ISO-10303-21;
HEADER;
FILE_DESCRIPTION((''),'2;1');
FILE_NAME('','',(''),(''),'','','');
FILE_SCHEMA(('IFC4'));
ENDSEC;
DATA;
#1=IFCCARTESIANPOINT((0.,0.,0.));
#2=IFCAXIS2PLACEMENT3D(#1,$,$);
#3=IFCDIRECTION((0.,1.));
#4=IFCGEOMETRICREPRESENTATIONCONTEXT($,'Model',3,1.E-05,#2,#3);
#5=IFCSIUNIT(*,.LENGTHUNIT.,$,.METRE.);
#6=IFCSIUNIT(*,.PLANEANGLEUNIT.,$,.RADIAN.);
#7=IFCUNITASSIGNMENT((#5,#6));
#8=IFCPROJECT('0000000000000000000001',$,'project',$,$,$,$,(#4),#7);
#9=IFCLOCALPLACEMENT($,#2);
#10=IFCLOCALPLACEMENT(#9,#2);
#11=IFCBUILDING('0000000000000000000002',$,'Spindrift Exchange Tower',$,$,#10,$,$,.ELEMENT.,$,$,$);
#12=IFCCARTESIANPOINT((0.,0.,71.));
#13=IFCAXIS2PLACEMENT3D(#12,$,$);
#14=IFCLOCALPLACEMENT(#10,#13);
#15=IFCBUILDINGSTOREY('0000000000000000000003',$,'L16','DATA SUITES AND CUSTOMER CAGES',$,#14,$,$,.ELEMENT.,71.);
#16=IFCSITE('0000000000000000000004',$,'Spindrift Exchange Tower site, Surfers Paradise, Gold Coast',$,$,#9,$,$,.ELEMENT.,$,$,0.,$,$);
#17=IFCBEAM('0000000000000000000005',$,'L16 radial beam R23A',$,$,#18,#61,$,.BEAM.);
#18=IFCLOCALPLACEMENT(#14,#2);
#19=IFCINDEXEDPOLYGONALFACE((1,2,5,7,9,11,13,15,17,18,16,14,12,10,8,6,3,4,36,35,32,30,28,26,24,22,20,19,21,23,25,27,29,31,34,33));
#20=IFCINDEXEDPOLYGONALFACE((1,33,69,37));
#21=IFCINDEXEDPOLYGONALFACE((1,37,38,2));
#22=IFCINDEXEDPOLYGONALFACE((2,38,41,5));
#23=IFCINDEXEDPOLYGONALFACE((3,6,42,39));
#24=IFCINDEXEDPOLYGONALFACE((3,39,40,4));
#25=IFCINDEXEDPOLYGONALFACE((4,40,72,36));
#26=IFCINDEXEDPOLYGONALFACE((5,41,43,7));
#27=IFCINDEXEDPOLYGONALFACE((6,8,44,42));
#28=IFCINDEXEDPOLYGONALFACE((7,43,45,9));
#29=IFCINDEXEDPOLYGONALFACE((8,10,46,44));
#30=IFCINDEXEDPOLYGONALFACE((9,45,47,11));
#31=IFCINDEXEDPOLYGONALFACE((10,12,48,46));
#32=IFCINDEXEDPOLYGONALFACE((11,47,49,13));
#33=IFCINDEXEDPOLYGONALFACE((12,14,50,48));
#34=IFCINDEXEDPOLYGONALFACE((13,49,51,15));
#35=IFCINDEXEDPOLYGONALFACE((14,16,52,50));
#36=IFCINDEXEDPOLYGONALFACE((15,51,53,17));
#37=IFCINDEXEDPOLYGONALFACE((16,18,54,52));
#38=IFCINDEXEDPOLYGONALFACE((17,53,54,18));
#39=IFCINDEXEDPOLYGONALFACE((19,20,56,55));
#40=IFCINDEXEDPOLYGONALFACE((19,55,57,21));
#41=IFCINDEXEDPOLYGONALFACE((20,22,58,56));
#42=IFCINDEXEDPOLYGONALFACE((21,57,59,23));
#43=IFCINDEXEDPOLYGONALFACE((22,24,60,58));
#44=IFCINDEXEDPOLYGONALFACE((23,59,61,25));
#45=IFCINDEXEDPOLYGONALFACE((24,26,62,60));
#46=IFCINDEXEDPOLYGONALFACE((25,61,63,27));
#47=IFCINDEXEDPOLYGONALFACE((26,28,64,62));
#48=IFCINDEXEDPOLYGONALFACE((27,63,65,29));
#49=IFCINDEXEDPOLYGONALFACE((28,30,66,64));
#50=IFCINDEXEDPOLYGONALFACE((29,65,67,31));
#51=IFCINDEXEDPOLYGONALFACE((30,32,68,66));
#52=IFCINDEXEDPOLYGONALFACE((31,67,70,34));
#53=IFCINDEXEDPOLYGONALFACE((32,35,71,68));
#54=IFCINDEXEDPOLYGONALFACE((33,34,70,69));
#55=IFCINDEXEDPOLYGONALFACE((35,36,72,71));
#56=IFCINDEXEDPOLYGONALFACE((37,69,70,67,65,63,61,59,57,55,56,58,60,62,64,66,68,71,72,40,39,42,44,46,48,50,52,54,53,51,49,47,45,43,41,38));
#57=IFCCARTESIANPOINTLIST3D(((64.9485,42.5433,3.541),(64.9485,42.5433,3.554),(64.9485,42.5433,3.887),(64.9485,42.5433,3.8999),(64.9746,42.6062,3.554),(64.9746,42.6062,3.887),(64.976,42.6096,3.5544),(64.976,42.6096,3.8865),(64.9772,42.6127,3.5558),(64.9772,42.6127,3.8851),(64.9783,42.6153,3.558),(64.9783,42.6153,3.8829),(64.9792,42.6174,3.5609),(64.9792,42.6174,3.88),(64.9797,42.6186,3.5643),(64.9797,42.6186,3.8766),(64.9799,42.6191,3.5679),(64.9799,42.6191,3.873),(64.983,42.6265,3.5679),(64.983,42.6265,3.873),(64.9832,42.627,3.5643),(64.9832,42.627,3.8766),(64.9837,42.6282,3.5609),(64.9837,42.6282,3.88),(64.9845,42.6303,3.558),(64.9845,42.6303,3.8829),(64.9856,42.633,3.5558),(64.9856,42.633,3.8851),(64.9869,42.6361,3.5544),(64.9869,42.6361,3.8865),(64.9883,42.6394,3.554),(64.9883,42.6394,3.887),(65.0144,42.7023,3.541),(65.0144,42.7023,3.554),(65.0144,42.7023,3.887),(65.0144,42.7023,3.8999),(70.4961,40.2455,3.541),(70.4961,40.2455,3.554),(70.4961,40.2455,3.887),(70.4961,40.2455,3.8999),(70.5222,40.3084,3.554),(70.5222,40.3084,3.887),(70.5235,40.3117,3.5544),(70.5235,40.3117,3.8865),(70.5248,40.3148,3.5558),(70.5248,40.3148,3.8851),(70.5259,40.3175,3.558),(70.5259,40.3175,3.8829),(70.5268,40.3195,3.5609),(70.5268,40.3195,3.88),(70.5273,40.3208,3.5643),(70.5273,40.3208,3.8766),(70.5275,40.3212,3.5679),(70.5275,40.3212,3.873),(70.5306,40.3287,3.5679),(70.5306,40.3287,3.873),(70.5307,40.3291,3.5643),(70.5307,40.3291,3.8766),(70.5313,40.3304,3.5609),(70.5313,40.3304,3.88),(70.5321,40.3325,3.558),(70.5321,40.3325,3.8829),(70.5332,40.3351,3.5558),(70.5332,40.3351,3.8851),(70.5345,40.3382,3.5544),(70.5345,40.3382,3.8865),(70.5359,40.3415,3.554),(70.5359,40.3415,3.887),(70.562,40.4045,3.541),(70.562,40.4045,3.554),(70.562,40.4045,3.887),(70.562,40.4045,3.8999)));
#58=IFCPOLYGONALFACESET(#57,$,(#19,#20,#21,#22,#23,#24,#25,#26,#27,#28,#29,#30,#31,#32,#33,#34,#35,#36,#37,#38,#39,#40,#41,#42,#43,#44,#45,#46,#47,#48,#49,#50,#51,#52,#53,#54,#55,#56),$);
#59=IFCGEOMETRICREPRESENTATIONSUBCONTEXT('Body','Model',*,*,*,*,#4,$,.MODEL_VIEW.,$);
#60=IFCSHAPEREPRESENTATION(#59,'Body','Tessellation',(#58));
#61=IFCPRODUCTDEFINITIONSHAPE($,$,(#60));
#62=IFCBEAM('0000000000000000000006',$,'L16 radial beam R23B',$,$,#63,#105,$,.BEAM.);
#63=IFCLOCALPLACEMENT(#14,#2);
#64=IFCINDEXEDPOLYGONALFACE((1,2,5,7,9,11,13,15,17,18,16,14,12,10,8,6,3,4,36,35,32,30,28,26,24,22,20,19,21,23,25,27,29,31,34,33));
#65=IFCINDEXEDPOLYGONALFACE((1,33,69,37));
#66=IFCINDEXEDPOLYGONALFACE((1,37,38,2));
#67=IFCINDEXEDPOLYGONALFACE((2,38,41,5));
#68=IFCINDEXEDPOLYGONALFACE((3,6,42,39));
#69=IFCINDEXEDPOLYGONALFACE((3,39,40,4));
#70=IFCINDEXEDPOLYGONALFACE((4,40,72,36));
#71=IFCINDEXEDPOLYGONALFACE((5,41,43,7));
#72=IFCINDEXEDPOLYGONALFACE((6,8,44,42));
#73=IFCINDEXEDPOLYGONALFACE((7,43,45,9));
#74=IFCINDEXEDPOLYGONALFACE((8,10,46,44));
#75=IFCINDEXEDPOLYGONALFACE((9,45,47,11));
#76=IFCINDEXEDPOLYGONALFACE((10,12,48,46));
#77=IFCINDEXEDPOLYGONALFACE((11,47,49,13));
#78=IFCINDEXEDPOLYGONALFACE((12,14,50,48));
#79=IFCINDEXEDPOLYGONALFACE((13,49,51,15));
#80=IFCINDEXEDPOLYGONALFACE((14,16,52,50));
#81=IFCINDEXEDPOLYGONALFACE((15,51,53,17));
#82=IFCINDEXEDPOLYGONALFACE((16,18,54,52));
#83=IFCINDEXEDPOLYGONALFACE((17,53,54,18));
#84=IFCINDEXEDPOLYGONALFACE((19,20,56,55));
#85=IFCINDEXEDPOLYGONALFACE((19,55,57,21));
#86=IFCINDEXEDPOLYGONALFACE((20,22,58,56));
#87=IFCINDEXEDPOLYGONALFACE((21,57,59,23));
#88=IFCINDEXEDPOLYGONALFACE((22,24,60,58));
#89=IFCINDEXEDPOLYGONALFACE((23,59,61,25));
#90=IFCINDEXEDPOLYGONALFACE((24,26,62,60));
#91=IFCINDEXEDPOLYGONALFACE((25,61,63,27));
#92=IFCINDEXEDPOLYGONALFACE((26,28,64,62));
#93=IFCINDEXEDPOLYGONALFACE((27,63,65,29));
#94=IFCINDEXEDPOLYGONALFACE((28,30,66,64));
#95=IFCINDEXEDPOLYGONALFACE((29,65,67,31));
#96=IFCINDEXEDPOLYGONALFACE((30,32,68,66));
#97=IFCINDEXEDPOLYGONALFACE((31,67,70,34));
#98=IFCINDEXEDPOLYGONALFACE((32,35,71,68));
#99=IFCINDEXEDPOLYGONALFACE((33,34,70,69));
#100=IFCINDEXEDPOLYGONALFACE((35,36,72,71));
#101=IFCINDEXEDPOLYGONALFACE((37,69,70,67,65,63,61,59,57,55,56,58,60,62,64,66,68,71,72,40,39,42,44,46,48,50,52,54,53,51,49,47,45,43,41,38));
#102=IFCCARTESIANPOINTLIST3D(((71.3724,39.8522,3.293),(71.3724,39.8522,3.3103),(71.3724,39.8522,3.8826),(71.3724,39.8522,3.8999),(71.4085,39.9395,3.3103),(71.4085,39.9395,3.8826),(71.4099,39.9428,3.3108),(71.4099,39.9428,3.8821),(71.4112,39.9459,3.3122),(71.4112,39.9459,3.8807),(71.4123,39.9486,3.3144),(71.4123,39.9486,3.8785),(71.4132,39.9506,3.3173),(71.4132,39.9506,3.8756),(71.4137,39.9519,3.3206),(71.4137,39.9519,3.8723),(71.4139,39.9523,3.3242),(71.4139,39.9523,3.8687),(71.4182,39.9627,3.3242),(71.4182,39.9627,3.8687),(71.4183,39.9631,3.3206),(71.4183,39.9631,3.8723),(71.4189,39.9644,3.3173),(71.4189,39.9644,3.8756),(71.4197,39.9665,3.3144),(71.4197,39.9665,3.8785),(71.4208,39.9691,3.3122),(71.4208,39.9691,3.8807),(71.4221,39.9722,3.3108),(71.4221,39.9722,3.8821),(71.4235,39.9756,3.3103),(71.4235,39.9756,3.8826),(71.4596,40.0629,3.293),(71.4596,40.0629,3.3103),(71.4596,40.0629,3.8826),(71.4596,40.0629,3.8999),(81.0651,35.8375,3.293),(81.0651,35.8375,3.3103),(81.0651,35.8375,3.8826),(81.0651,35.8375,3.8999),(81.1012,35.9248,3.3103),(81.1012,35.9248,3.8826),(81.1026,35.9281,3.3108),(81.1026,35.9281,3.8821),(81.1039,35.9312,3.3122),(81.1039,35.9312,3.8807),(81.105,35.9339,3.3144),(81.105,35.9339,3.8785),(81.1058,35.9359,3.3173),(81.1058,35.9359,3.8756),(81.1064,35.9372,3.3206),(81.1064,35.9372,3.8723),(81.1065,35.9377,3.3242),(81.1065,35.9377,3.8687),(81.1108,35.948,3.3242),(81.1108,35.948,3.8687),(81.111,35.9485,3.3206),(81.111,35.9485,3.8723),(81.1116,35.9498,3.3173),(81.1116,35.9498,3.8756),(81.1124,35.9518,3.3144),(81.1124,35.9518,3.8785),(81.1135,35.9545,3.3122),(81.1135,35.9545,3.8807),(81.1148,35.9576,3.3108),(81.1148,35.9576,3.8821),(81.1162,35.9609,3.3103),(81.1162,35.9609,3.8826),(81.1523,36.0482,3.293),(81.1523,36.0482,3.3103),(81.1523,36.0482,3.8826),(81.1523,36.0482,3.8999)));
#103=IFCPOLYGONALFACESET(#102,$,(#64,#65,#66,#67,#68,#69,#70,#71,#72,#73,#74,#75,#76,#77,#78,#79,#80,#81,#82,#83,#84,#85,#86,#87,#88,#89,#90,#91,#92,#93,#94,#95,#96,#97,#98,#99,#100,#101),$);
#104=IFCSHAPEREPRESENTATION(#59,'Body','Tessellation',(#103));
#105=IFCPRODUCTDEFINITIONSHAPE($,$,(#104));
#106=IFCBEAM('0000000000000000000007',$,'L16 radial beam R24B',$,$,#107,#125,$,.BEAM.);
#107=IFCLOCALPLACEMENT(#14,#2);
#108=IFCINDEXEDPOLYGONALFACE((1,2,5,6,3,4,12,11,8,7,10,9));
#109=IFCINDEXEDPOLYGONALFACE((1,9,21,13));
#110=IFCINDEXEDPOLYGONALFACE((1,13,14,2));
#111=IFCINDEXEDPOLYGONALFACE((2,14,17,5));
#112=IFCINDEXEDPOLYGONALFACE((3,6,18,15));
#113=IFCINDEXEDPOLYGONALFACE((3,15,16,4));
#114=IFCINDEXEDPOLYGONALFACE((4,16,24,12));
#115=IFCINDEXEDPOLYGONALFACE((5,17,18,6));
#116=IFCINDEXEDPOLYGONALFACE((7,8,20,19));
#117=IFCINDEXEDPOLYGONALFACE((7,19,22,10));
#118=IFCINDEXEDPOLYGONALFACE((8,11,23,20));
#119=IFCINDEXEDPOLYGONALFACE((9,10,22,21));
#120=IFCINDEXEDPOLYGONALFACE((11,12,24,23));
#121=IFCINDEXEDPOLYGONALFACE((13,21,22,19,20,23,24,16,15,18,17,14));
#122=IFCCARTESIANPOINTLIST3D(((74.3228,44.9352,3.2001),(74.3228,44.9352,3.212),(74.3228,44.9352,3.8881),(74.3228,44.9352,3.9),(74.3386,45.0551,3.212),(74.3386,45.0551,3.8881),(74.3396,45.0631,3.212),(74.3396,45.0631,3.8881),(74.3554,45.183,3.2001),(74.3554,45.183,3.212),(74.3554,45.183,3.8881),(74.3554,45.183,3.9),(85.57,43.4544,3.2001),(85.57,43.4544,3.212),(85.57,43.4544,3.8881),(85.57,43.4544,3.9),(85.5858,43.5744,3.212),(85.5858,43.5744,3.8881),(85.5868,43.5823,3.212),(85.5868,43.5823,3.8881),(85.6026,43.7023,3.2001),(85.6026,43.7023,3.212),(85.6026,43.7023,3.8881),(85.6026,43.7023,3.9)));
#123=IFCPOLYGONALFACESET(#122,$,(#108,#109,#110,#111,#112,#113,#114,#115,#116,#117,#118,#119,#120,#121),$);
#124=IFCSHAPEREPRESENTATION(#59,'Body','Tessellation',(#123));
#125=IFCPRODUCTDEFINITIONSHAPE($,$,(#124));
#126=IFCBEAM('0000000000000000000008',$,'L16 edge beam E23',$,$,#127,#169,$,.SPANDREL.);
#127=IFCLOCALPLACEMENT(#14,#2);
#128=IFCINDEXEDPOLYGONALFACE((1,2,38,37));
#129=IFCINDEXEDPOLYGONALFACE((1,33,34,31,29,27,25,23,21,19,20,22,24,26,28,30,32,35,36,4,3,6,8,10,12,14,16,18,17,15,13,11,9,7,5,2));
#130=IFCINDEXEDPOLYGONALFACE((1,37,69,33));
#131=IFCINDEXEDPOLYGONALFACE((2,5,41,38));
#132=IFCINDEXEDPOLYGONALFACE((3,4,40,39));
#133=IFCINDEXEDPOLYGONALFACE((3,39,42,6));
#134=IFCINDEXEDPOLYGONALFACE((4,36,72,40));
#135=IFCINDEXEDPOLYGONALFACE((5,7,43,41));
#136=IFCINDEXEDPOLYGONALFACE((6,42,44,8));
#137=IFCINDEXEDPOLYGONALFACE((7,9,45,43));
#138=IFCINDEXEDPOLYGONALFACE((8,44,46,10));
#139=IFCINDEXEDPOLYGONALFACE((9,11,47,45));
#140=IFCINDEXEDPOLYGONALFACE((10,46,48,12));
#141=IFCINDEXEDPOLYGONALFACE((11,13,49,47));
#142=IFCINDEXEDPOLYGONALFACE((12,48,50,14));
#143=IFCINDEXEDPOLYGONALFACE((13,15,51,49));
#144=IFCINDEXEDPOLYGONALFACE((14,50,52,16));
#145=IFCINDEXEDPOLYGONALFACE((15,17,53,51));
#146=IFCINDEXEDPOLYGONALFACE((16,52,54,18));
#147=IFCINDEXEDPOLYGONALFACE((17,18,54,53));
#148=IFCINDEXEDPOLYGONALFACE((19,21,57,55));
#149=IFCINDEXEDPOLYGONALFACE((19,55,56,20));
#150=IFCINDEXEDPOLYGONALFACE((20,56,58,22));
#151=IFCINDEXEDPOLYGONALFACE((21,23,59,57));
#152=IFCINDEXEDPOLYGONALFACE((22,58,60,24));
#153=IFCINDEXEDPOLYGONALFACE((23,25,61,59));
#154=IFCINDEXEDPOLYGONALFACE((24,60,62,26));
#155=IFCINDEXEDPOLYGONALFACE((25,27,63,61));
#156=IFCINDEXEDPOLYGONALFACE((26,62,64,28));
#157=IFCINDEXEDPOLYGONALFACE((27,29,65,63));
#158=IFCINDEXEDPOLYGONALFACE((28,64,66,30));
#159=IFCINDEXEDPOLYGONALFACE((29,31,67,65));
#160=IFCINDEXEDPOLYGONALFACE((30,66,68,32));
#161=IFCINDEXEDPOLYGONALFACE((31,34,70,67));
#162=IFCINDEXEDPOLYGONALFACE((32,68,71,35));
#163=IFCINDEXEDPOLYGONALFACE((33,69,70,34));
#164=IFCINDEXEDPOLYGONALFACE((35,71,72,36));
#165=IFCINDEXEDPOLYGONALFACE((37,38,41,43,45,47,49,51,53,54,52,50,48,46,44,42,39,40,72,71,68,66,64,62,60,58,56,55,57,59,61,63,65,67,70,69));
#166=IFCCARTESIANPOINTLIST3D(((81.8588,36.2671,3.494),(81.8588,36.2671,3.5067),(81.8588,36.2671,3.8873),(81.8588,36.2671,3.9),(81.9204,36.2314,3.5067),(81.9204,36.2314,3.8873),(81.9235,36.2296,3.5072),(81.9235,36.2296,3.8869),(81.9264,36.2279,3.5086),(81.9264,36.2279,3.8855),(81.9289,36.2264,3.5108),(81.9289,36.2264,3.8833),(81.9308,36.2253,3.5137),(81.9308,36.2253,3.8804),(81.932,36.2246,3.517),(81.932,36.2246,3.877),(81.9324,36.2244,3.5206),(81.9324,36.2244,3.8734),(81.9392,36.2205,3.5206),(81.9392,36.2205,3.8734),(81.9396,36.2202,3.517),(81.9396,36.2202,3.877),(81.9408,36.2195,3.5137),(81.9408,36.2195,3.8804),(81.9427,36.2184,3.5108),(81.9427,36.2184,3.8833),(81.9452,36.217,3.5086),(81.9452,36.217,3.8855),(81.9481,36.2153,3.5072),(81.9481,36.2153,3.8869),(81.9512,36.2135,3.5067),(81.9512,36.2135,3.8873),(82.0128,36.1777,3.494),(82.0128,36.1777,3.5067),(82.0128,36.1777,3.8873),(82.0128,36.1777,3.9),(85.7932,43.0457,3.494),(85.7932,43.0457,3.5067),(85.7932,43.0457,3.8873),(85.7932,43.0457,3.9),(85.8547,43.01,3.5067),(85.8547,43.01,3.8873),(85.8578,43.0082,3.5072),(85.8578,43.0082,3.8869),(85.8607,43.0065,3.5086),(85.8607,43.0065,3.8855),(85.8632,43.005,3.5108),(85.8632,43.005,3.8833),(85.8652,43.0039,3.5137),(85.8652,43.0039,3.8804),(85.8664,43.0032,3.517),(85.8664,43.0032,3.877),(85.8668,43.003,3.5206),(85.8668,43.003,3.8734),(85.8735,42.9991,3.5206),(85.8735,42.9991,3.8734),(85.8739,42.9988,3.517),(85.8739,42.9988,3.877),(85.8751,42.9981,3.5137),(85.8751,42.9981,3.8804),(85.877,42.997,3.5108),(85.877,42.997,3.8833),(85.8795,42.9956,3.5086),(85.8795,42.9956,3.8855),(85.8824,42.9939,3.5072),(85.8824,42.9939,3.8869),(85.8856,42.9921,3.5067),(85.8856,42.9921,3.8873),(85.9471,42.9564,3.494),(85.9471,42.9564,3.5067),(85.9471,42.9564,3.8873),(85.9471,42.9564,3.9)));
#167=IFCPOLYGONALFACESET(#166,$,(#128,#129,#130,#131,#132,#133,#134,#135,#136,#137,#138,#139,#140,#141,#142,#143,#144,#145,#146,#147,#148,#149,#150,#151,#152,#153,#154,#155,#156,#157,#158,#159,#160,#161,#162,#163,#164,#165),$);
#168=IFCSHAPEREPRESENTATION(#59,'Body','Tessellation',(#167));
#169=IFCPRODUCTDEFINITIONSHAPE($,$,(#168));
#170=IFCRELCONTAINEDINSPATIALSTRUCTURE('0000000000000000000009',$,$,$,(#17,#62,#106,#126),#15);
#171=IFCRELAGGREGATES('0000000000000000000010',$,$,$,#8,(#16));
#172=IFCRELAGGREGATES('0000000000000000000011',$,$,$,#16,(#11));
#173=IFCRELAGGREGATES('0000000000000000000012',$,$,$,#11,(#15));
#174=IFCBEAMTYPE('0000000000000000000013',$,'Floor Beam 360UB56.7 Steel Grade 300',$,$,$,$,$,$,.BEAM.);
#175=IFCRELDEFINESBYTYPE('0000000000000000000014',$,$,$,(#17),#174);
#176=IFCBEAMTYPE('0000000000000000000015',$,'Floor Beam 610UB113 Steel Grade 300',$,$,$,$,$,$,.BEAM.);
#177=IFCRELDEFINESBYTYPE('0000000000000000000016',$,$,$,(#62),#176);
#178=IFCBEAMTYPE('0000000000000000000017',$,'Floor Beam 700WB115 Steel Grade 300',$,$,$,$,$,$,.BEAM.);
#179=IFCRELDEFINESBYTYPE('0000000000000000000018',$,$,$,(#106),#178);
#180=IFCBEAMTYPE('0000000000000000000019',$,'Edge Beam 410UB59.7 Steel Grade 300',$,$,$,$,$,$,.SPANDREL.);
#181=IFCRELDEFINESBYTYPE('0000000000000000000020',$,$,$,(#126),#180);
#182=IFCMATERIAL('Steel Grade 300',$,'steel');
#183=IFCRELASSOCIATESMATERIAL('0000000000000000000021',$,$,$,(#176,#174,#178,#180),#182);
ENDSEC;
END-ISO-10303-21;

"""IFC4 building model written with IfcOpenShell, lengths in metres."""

from ifc_helpers import new_model, si_unit, direction, frame, origin, origin_2d, place, context, subcontext, project, spatial, i_section, extrude, source, transform, mapped, material, material_profile, profile_set, type_object, element, save


model = new_model("IFC4")

# Units and contexts
model_context = context("Model", 3, precision=1e-05, world=origin(), true_north=direction((0.0, 1.0)))
body_context = subcontext(model_context, "Body", "Model", "MODEL_VIEW")
ifc_project = project(units=[si_unit("LENGTHUNIT", "METRE"), si_unit("PLANEANGLEUNIT", "RADIAN")], contexts=[model_context])

# Site, building, storey
site_placement = place(None, origin())
site = spatial("IfcSite", under=ifc_project, at=site_placement, Name="Spindrift Exchange Tower site, Surfers Paradise, Gold Coast", CompositionType="ELEMENT", RefElevation=0.0)
building_placement = place(site_placement, origin())
building = spatial("IfcBuilding", under=site, at=building_placement, Name="Spindrift Exchange Tower", CompositionType="ELEMENT")
storey_placement = place(building_placement, frame((0.0, 0.0, 71.0)))
storey = spatial("IfcBuildingStorey", under=building, at=storey_placement, Name="L16", Description="DATA SUITES AND CUSTOMER CAGES", CompositionType="ELEMENT", Elevation=71.0)

# Beams
ifc_material_1 = material(Name="Steel Grade 300", Category="steel")
ifc_material_profile_1 = material_profile(ifc_material_1, i_section(OverallWidth=0.228, OverallDepth=0.6069, WebThickness=0.0112, FlangeThickness=0.0173, FilletRadius=0.0139, at=origin_2d()), Name="610UB113")
ifc_profile_set_1 = profile_set([ifc_material_profile_1], Name="Steel Grade 300")
beam_type_1 = type_object("IfcBeamType", Name="Floor Beam 610UB113 Steel Grade 300", PredefinedType="BEAM", material=ifc_profile_set_1)
ifc_material_profile_2 = material_profile(ifc_material_1, i_section(OverallWidth=0.1721, OverallDepth=0.3589, WebThickness=0.0081, FlangeThickness=0.0129, FilletRadius=0.0139, at=origin_2d()), Name="360UB56.7")
ifc_profile_set_2 = profile_set([ifc_material_profile_2], Name="Steel Grade 300")
beam_type_2 = type_object("IfcBeamType", Name="Floor Beam 360UB56.7 Steel Grade 300", PredefinedType="BEAM", material=ifc_profile_set_2)
shared_shape_1 = source(origin(), body_context, "Body", "SweptSolid", [
    extrude(i_section(OverallWidth=0.1721, OverallDepth=0.3589, WebThickness=0.0081, FlangeThickness=0.0129, FilletRadius=0.0139, at=origin_2d()), origin(), (0.0, 0.0, 1.0), 6.0046),
])
beam_1_placement = place(storey_placement, frame((64.9814, 42.6228, 3.7205), z_axis=(0.923882, -0.382677, 0.0), x_axis=(0.382677, 0.923882, 0.0)))
element("IfcBeam", 1, at=beam_1_placement, inside=storey, type_object=beam_type_2, Name="L16 radial beam R23A", PredefinedType="BEAM", context=body_context, shape_type="MappedRepresentation", body=[
    mapped(shared_shape_1, transform((0.0, 0.0, 0.0), scale=1.0)),
])
shared_shape_2 = source(origin(), body_context, "Body", "SweptSolid", [
    extrude(i_section(OverallWidth=0.228, OverallDepth=0.6069, WebThickness=0.0112, FlangeThickness=0.0173, FilletRadius=0.0139, at=origin_2d()), origin(), (0.0, 0.0, 1.0), 10.4912),
])
beam_2_placement = place(storey_placement, frame((71.416, 39.9575, 3.5964), z_axis=(0.923885, -0.38267, 0.0), x_axis=(0.38267, 0.923885, 0.0)))
element("IfcBeam", 2, at=beam_2_placement, inside=storey, type_object=beam_type_1, Name="L16 radial beam R23B", PredefinedType="BEAM", context=body_context, shape_type="MappedRepresentation", body=[
    mapped(shared_shape_2, transform((0.0, 0.0, 0.0), scale=1.0)),
])
ifc_material_profile_3 = material_profile(ifc_material_1, i_section(OverallWidth=0.25, OverallDepth=0.7, WebThickness=0.0081, FlangeThickness=0.012, at=origin_2d()), Name="700WB115")
ifc_profile_set_3 = profile_set([ifc_material_profile_3], Name="Steel Grade 300")
beam_type_3 = type_object("IfcBeamType", Name="Floor Beam 700WB115 Steel Grade 300", PredefinedType="BEAM", material=ifc_profile_set_3)
shared_shape_3 = source(origin(), body_context, "Body", "SweptSolid", [
    extrude(i_section(OverallWidth=0.25, OverallDepth=0.7, WebThickness=0.0081, FlangeThickness=0.012, at=origin_2d()), origin(), (0.0, 0.0, 1.0), 11.3442),
])
beam_3_placement = place(storey_placement, frame((74.3391, 45.0591, 3.55), z_axis=(0.991445, -0.130527, 0.0), x_axis=(0.130527, 0.991445, 0.0)))
element("IfcBeam", 3, at=beam_3_placement, inside=storey, type_object=beam_type_3, Name="L16 radial beam R24B", PredefinedType="BEAM", context=body_context, shape_type="MappedRepresentation", body=[
    mapped(shared_shape_3, transform((0.0, 0.0, 0.0), scale=1.0)),
])
ifc_material_profile_4 = material_profile(ifc_material_1, i_section(OverallWidth=0.178, OverallDepth=0.406, WebThickness=0.0078, FlangeThickness=0.0127, FilletRadius=0.0139, at=origin_2d()), Name="410UB59.7")
ifc_profile_set_4 = profile_set([ifc_material_profile_4], Name="Steel Grade 300")
beam_type_4 = type_object("IfcBeamType", Name="Edge Beam 410UB59.7 Steel Grade 300", PredefinedType="SPANDREL", material=ifc_profile_set_4)
shared_shape_4 = source(origin(), body_context, "Body", "SweptSolid", [
    extrude(i_section(OverallWidth=0.178, OverallDepth=0.406, WebThickness=0.0078, FlangeThickness=0.0127, FilletRadius=0.0139, at=origin_2d()), origin(), (0.0, 0.0, 1.0), 7.8376),
])
beam_4_placement = place(storey_placement, frame((81.9358, 36.2224, 3.697), z_axis=(0.501981, 0.864878, 0.0), x_axis=(-0.864878, 0.501981, 0.0)))
element("IfcBeam", 4, at=beam_4_placement, inside=storey, type_object=beam_type_4, Name="L16 edge beam E23", PredefinedType="SPANDREL", context=body_context, shape_type="MappedRepresentation", body=[
    mapped(shared_shape_4, transform((0.0, 0.0, 0.0), scale=1.0)),
])

save(model, "model.ifc")
